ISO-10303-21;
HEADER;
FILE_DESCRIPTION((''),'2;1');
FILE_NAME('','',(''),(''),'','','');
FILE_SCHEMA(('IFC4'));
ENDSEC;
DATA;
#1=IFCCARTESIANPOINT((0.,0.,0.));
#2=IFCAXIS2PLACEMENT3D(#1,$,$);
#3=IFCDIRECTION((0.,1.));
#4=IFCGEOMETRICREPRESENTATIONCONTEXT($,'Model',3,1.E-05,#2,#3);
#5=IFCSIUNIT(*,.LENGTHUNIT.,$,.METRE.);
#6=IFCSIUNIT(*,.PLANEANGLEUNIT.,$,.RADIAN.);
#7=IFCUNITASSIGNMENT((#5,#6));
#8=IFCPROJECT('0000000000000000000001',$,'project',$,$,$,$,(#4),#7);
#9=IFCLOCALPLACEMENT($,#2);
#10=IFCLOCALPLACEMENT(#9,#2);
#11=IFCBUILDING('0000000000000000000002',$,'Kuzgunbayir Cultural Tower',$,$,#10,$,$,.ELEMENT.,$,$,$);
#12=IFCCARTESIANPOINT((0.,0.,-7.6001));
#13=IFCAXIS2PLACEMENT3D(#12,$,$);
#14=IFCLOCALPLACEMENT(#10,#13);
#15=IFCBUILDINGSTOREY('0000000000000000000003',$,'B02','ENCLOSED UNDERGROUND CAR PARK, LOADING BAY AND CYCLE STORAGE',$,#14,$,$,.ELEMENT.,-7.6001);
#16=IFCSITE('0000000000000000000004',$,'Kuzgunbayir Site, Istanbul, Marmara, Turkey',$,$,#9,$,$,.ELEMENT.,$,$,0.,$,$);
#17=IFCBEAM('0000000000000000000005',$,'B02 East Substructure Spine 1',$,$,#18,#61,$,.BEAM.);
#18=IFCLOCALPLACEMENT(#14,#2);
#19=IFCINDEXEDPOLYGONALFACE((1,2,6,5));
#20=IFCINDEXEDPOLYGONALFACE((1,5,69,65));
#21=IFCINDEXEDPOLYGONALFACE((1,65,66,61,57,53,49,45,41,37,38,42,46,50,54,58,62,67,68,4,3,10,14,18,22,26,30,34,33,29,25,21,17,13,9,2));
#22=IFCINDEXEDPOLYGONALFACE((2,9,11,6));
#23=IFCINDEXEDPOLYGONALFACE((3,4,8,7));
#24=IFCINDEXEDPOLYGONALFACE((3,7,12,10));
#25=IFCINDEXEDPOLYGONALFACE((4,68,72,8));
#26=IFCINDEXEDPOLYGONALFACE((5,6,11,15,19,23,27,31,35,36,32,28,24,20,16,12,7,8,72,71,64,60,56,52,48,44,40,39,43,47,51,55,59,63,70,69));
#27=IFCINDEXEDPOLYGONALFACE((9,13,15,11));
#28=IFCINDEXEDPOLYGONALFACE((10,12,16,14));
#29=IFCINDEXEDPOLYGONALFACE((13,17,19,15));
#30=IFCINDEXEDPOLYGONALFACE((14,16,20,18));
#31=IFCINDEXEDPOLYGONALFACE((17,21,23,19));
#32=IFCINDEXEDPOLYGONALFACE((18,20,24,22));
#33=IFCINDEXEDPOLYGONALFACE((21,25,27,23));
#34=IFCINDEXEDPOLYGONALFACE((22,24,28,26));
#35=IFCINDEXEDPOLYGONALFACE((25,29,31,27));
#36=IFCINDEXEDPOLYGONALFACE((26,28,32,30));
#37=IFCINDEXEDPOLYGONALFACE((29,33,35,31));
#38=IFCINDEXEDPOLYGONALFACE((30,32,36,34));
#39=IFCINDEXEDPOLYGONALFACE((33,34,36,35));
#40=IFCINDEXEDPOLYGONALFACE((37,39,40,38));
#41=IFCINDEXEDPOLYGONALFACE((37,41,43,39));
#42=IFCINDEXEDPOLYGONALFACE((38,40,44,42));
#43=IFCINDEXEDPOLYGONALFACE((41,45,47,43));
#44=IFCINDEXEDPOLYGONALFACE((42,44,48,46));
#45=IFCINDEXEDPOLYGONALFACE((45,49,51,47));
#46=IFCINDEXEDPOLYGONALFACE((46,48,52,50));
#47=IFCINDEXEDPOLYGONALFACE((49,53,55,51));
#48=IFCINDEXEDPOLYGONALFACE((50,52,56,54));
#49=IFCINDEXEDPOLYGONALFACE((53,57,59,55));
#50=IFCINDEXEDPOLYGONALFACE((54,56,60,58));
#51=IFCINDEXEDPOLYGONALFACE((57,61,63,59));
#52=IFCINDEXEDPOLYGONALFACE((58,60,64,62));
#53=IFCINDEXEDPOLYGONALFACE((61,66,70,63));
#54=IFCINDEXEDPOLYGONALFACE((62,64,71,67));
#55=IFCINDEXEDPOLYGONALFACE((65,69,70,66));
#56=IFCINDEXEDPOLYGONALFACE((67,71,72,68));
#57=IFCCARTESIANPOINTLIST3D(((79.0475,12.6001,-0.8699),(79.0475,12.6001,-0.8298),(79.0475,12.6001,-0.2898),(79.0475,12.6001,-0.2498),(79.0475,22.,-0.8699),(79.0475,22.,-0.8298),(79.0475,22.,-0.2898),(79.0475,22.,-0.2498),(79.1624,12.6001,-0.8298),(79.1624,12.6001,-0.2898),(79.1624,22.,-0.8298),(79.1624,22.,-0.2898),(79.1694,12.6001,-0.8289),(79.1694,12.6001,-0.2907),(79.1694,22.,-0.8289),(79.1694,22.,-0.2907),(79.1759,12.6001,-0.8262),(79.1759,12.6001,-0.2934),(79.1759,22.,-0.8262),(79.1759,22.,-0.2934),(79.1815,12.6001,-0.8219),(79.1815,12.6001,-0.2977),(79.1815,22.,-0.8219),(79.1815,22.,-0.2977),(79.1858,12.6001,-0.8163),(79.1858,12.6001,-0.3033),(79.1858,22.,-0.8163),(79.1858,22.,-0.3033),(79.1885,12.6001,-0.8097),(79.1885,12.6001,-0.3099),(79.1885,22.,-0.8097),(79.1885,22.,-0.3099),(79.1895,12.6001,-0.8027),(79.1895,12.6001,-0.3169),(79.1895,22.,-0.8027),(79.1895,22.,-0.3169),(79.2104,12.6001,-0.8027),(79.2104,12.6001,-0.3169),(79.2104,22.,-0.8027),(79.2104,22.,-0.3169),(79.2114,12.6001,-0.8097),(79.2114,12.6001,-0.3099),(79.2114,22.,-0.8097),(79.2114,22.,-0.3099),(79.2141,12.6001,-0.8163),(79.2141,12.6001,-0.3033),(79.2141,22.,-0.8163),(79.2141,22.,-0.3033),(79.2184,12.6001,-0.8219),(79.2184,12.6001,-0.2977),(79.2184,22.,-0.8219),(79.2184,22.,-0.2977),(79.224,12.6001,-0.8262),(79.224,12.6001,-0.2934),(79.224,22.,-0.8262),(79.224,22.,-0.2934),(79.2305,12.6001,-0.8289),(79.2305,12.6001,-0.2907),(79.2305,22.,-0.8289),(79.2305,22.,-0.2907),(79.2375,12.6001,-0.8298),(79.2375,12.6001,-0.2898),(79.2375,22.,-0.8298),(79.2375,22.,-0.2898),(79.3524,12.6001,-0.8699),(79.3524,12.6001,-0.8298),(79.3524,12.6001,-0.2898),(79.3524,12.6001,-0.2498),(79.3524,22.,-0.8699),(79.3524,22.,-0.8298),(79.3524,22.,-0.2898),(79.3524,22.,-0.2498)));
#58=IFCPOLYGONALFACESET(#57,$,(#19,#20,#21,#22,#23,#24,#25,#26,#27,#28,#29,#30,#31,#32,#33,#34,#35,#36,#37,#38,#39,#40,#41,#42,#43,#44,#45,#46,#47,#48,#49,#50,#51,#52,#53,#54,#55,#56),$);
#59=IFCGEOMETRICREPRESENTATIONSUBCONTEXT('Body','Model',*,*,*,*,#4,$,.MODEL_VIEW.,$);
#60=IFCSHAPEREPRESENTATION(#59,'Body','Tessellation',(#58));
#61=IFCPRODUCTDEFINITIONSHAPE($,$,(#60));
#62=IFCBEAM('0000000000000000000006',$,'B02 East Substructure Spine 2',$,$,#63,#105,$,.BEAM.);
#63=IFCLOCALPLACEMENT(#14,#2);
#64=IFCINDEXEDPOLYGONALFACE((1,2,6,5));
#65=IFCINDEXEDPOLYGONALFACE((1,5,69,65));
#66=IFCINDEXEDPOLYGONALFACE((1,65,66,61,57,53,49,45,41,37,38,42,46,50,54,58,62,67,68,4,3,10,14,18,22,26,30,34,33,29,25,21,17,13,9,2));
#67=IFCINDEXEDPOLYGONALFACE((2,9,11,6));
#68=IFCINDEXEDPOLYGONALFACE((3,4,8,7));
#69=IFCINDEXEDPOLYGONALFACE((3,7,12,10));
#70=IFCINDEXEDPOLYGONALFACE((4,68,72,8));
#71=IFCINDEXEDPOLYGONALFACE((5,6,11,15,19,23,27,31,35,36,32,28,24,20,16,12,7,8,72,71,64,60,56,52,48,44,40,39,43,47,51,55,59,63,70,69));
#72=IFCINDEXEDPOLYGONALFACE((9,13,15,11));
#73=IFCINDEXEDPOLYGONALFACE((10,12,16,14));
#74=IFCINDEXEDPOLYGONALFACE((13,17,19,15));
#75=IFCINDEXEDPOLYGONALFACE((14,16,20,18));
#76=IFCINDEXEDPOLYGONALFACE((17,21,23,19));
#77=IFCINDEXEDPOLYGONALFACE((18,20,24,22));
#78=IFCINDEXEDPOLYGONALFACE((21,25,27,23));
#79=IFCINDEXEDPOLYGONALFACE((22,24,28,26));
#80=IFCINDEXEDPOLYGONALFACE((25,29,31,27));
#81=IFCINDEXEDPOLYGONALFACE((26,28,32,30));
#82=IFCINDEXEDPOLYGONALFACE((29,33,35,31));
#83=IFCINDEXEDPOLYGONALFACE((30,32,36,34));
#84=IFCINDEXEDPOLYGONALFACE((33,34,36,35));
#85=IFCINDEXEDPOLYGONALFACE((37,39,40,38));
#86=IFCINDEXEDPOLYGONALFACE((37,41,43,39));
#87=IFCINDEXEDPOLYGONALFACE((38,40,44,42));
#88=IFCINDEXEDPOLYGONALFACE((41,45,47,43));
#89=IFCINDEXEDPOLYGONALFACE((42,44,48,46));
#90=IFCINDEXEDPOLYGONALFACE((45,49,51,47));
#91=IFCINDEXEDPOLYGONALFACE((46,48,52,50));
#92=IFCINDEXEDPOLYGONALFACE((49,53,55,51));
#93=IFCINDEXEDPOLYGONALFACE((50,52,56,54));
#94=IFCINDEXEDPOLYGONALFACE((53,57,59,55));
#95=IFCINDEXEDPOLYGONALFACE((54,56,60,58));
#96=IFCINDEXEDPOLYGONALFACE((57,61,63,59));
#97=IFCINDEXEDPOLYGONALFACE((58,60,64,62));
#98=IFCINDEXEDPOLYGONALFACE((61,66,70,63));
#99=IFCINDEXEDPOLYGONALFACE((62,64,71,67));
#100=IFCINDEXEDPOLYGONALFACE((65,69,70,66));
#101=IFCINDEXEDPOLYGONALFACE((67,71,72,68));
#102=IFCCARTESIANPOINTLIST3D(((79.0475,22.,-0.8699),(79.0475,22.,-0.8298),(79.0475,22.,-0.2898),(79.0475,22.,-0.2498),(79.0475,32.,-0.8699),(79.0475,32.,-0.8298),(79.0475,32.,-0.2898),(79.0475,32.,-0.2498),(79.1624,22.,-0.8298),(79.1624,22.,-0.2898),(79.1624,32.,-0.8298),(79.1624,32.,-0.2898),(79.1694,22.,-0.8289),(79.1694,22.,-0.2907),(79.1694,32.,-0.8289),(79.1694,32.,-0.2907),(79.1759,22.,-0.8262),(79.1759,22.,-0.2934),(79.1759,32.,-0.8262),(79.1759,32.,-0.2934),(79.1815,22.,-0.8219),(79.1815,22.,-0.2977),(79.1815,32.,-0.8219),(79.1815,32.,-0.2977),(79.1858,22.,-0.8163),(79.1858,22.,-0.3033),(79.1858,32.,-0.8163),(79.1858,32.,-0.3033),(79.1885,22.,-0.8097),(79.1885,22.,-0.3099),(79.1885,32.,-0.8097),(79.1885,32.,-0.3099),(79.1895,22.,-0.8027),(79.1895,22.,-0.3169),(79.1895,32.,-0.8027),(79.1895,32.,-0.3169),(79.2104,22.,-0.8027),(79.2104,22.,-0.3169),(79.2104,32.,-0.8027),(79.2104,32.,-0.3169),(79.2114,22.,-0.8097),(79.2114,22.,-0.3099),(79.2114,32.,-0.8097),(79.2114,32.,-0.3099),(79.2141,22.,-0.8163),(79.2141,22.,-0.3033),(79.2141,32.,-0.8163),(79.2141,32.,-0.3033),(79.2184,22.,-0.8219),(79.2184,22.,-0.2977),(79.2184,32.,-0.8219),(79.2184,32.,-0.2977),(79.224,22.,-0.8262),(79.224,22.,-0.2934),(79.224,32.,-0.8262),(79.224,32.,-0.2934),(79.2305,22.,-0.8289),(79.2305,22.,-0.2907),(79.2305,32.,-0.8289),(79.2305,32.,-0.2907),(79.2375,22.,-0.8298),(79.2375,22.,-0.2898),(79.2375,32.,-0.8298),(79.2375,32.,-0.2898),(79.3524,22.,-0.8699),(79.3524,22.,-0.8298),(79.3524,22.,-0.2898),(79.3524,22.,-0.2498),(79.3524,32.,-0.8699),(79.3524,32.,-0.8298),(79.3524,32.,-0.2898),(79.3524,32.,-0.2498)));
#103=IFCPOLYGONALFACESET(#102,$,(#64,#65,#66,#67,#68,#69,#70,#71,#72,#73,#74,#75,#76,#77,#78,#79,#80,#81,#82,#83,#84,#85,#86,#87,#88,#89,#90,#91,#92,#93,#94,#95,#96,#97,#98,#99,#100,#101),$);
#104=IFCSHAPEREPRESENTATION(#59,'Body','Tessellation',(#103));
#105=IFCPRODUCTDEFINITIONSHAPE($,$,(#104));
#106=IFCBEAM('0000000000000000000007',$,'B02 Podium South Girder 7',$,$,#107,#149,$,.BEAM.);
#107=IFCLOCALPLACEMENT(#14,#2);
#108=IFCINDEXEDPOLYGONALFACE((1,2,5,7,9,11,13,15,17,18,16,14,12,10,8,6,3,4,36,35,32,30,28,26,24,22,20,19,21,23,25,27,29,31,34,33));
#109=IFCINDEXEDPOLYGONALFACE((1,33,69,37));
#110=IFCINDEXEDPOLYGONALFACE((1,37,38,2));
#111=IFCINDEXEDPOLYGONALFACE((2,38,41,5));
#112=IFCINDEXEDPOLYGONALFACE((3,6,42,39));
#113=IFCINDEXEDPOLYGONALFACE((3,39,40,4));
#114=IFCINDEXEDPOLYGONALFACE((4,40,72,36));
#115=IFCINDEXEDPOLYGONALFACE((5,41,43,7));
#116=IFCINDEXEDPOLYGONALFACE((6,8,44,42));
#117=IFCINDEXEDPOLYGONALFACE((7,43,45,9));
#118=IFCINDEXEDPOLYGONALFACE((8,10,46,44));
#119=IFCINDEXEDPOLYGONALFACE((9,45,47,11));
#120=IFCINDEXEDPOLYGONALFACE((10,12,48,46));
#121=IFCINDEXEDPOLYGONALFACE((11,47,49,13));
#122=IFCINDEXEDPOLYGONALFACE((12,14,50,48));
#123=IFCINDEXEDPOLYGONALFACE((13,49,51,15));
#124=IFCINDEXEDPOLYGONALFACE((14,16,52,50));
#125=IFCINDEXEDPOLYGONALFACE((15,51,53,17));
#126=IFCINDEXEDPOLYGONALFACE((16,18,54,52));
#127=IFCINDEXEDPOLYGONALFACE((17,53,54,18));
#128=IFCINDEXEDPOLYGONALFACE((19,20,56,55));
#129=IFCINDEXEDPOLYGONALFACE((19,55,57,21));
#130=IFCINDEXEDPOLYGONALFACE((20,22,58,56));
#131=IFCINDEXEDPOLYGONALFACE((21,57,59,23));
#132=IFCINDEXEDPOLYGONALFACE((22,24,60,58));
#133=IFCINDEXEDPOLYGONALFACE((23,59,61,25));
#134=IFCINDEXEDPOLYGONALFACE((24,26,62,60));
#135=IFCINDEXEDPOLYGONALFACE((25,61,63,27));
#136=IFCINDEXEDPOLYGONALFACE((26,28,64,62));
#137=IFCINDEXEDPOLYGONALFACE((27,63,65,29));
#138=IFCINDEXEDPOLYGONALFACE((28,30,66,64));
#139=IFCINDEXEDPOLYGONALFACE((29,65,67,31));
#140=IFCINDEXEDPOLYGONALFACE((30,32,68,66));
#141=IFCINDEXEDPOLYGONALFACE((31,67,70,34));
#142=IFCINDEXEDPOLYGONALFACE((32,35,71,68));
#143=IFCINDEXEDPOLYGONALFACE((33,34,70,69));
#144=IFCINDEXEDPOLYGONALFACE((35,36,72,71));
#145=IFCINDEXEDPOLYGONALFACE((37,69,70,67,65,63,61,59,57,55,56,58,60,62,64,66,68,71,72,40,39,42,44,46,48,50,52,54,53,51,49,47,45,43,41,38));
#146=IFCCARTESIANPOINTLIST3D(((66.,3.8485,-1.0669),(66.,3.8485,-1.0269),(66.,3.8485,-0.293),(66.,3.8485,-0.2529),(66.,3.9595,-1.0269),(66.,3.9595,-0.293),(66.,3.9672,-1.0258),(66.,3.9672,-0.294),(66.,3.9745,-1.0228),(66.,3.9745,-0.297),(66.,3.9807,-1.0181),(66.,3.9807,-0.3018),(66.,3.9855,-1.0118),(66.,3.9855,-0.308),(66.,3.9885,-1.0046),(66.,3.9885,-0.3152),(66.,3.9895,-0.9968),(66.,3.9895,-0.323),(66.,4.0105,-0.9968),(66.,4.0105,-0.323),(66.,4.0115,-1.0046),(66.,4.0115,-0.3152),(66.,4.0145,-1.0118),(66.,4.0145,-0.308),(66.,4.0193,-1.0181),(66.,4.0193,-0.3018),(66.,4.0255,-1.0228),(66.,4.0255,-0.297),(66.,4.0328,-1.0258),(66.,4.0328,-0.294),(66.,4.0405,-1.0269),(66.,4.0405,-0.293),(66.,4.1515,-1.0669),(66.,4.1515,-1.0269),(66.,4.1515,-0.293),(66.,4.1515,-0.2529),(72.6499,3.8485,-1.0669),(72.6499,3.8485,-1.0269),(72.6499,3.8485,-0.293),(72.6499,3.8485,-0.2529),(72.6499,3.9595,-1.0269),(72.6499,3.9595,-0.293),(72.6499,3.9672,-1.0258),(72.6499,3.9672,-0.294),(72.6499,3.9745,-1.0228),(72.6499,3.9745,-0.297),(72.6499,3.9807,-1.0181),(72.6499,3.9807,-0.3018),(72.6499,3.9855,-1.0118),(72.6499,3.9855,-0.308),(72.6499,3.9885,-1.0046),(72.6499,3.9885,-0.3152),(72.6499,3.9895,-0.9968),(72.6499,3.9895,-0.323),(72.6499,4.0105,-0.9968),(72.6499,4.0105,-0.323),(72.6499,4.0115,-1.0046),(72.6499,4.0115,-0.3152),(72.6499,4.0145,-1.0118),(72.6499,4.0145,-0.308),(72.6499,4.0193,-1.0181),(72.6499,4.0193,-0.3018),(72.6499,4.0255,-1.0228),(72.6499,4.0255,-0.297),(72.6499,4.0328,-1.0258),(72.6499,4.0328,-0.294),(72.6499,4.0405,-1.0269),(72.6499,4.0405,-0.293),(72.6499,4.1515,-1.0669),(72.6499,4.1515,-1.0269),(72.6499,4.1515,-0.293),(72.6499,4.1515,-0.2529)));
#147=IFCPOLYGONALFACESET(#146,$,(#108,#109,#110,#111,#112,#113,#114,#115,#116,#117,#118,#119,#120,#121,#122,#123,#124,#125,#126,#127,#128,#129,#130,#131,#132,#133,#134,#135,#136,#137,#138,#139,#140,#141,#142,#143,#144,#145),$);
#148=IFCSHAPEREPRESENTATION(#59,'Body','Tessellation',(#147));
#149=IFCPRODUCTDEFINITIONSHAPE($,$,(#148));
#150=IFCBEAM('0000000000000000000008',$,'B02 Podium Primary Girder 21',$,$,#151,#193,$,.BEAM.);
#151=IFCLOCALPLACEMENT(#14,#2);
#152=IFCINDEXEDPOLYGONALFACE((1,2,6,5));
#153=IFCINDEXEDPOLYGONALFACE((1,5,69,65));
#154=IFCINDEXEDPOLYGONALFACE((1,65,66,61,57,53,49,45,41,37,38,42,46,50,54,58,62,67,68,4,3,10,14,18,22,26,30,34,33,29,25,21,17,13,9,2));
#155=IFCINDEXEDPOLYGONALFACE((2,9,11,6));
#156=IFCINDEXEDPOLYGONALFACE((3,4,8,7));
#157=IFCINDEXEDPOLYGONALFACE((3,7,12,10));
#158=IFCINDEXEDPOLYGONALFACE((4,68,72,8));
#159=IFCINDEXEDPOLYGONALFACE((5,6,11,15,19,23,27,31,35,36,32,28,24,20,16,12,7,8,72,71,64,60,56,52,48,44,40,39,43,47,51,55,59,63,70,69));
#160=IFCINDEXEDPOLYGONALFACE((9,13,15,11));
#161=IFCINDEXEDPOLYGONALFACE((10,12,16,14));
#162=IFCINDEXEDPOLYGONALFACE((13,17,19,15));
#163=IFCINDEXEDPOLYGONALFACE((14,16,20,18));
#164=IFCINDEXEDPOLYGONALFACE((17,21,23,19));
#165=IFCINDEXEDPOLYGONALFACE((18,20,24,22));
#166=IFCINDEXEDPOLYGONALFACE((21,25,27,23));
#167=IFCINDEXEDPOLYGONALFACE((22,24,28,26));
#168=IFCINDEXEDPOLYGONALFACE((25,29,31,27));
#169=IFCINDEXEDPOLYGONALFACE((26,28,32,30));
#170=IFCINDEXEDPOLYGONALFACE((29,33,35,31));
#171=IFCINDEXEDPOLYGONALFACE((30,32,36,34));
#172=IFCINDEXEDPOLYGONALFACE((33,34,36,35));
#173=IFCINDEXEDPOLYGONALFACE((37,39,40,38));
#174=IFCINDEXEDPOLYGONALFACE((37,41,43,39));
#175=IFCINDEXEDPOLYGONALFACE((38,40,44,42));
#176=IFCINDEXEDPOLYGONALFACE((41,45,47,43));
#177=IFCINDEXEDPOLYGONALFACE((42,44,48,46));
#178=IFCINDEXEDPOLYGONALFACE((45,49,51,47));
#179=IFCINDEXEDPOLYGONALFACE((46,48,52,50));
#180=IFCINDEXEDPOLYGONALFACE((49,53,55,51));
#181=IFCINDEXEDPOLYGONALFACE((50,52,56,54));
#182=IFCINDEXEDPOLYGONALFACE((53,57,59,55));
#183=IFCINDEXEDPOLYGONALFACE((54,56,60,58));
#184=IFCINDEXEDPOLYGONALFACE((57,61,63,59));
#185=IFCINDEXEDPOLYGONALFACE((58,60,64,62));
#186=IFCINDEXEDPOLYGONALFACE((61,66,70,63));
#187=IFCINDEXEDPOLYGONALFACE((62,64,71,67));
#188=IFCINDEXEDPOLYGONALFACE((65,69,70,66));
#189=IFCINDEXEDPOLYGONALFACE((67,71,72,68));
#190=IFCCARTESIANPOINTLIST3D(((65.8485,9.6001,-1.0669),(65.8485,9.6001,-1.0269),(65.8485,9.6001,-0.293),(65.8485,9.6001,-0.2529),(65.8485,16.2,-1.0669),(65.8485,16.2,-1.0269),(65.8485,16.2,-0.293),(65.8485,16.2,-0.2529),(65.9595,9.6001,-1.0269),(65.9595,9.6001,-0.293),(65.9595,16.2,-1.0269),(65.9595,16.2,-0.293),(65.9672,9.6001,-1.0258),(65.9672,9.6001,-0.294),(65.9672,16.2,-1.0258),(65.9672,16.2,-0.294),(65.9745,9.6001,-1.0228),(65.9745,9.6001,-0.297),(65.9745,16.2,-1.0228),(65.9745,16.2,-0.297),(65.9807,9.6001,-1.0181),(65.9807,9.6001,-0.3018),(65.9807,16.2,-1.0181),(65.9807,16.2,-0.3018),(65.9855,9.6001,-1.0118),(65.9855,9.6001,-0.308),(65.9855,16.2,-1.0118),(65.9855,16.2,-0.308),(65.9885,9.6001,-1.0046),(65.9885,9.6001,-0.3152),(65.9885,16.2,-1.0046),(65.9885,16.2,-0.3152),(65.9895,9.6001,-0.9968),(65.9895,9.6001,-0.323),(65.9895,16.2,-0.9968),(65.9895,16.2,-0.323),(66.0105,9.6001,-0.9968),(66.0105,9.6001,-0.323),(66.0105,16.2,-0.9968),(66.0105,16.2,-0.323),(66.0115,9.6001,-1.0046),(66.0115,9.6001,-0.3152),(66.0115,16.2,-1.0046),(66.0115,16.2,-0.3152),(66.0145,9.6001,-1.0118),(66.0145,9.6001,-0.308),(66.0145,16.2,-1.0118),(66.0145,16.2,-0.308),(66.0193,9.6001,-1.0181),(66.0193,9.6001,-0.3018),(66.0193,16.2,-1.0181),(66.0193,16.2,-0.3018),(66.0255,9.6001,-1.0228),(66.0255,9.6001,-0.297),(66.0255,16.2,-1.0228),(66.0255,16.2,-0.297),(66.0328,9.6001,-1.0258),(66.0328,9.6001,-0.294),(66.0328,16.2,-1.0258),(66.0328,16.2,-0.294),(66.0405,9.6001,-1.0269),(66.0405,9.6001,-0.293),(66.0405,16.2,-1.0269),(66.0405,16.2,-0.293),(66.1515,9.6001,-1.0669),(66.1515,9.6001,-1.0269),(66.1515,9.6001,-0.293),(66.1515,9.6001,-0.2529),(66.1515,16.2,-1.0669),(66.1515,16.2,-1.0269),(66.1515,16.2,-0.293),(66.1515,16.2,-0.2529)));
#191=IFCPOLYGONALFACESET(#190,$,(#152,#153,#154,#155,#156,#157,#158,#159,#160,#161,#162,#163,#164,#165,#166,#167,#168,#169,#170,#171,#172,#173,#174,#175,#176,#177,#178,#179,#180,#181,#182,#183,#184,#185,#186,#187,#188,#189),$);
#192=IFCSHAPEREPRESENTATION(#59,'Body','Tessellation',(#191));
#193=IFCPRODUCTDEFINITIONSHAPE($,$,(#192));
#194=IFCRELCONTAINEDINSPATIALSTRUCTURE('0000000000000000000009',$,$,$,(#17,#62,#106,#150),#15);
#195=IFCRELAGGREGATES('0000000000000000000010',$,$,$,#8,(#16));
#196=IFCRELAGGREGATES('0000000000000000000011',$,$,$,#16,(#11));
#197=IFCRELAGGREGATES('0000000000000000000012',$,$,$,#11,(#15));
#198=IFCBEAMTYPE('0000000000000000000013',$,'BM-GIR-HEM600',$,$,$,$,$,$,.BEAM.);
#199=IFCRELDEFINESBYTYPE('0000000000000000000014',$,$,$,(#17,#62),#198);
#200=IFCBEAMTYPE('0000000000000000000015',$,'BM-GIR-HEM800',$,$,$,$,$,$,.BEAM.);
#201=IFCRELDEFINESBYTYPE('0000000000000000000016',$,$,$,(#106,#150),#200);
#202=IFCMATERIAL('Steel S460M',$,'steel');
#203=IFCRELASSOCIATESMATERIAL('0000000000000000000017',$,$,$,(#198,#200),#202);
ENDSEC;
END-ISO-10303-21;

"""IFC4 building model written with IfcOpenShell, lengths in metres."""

from ifc_helpers import new_model, si_unit, direction, frame, origin, origin_2d, place, context, subcontext, project, spatial, i_section, extrude, material, material_profile, profile_set, type_object, element, save


model = new_model("IFC4")

# Units and contexts
model_context = context("Model", 3, precision=1e-05, world=origin(), true_north=direction((0.0, 1.0)))
body_context = subcontext(model_context, "Body", "Model", "MODEL_VIEW")
ifc_project = project(units=[si_unit("LENGTHUNIT", "METRE"), si_unit("PLANEANGLEUNIT", "RADIAN")], contexts=[model_context])

# Site, building, storey
site_placement = place(None, origin())
site = spatial("IfcSite", under=ifc_project, at=site_placement, Name="Kuzgunbayir Site, Istanbul, Marmara, Turkey", CompositionType="ELEMENT", RefElevation=0.0)
building_placement = place(site_placement, origin())
building = spatial("IfcBuilding", under=site, at=building_placement, Name="Kuzgunbayir Cultural Tower", CompositionType="ELEMENT")
storey_placement = place(building_placement, frame((0.0, 0.0, -7.6001)))
storey = spatial("IfcBuildingStorey", under=building, at=storey_placement, Name="B02", Description="ENCLOSED UNDERGROUND CAR PARK, LOADING BAY AND CYCLE STORAGE", CompositionType="ELEMENT", Elevation=-7.6001)

# Beams
ifc_material_1 = material(Name="Steel S460M", Category="steel")
ifc_material_profile_1 = material_profile(ifc_material_1, i_section(OverallWidth=0.3049, OverallDepth=0.6201, WebThickness=0.021, FlangeThickness=0.04, FilletRadius=0.0271, at=origin_2d()), Name="HEM 600")
ifc_profile_set_1 = profile_set([ifc_material_profile_1], Name="Steel S460M")
beam_type_1 = type_object("IfcBeamType", Name="BM-GIR-HEM600", PredefinedType="BEAM", material=ifc_profile_set_1)
beam_1_placement = place(storey_placement, frame((79.2, 12.6001, -0.5598), z_axis=(0.0, 1.0, 0.0), x_axis=(-1.0, 0.0, 0.0)))
element("IfcBeam", 1, at=beam_1_placement, inside=storey, type_object=beam_type_1, Name="B02 East Substructure Spine 1", PredefinedType="BEAM", context=body_context, shape_type="SweptSolid", body=[
    extrude(i_section(OverallWidth=0.3049, OverallDepth=0.6201, WebThickness=0.021, FlangeThickness=0.04, FilletRadius=0.0271, at=origin_2d()), origin(), (0.0, 0.0, 1.0), 9.3999),
])
beam_2_placement = place(storey_placement, frame((79.2, 22.0, -0.5598), z_axis=(0.0, 1.0, 0.0), x_axis=(-1.0, 0.0, 0.0)))
element("IfcBeam", 2, at=beam_2_placement, inside=storey, type_object=beam_type_1, Name="B02 East Substructure Spine 2", PredefinedType="BEAM", context=body_context, shape_type="SweptSolid", body=[
    extrude(i_section(OverallWidth=0.3049, OverallDepth=0.6201, WebThickness=0.021, FlangeThickness=0.04, FilletRadius=0.0271, at=origin_2d()), origin(), (0.0, 0.0, 1.0), 10.0),
])
ifc_material_profile_2 = material_profile(ifc_material_1, i_section(OverallWidth=0.303, OverallDepth=0.814, WebThickness=0.021, FlangeThickness=0.04, FilletRadius=0.03, at=origin_2d()), Name="HEM 800")
ifc_profile_set_2 = profile_set([ifc_material_profile_2], Name="Steel S460M")
beam_type_2 = type_object("IfcBeamType", Name="BM-GIR-HEM800", PredefinedType="BEAM", material=ifc_profile_set_2)
beam_3_placement = place(storey_placement, frame((66.0, 4.0, -0.6599), z_axis=(1.0, 0.0, 0.0), x_axis=(0.0, 1.0, 0.0)))
element("IfcBeam", 3, at=beam_3_placement, inside=storey, type_object=beam_type_2, Name="B02 Podium South Girder 7", PredefinedType="BEAM", context=body_context, shape_type="SweptSolid", body=[
    extrude(i_section(OverallWidth=0.303, OverallDepth=0.814, WebThickness=0.021, FlangeThickness=0.04, FilletRadius=0.03, at=origin_2d()), origin(), (0.0, 0.0, 1.0), 6.6499),
])
beam_4_placement = place(storey_placement, frame((66.0, 9.6001, -0.6599), z_axis=(0.0, 1.0, 0.0), x_axis=(-1.0, 0.0, 0.0)))
element("IfcBeam", 4, at=beam_4_placement, inside=storey, type_object=beam_type_2, Name="B02 Podium Primary Girder 21", PredefinedType="BEAM", context=body_context, shape_type="SweptSolid", body=[
    extrude(i_section(OverallWidth=0.303, OverallDepth=0.814, WebThickness=0.021, FlangeThickness=0.04, FilletRadius=0.03, at=origin_2d()), origin(), (0.0, 0.0, 1.0), 6.5999),
])

save(model, "model.ifc")
